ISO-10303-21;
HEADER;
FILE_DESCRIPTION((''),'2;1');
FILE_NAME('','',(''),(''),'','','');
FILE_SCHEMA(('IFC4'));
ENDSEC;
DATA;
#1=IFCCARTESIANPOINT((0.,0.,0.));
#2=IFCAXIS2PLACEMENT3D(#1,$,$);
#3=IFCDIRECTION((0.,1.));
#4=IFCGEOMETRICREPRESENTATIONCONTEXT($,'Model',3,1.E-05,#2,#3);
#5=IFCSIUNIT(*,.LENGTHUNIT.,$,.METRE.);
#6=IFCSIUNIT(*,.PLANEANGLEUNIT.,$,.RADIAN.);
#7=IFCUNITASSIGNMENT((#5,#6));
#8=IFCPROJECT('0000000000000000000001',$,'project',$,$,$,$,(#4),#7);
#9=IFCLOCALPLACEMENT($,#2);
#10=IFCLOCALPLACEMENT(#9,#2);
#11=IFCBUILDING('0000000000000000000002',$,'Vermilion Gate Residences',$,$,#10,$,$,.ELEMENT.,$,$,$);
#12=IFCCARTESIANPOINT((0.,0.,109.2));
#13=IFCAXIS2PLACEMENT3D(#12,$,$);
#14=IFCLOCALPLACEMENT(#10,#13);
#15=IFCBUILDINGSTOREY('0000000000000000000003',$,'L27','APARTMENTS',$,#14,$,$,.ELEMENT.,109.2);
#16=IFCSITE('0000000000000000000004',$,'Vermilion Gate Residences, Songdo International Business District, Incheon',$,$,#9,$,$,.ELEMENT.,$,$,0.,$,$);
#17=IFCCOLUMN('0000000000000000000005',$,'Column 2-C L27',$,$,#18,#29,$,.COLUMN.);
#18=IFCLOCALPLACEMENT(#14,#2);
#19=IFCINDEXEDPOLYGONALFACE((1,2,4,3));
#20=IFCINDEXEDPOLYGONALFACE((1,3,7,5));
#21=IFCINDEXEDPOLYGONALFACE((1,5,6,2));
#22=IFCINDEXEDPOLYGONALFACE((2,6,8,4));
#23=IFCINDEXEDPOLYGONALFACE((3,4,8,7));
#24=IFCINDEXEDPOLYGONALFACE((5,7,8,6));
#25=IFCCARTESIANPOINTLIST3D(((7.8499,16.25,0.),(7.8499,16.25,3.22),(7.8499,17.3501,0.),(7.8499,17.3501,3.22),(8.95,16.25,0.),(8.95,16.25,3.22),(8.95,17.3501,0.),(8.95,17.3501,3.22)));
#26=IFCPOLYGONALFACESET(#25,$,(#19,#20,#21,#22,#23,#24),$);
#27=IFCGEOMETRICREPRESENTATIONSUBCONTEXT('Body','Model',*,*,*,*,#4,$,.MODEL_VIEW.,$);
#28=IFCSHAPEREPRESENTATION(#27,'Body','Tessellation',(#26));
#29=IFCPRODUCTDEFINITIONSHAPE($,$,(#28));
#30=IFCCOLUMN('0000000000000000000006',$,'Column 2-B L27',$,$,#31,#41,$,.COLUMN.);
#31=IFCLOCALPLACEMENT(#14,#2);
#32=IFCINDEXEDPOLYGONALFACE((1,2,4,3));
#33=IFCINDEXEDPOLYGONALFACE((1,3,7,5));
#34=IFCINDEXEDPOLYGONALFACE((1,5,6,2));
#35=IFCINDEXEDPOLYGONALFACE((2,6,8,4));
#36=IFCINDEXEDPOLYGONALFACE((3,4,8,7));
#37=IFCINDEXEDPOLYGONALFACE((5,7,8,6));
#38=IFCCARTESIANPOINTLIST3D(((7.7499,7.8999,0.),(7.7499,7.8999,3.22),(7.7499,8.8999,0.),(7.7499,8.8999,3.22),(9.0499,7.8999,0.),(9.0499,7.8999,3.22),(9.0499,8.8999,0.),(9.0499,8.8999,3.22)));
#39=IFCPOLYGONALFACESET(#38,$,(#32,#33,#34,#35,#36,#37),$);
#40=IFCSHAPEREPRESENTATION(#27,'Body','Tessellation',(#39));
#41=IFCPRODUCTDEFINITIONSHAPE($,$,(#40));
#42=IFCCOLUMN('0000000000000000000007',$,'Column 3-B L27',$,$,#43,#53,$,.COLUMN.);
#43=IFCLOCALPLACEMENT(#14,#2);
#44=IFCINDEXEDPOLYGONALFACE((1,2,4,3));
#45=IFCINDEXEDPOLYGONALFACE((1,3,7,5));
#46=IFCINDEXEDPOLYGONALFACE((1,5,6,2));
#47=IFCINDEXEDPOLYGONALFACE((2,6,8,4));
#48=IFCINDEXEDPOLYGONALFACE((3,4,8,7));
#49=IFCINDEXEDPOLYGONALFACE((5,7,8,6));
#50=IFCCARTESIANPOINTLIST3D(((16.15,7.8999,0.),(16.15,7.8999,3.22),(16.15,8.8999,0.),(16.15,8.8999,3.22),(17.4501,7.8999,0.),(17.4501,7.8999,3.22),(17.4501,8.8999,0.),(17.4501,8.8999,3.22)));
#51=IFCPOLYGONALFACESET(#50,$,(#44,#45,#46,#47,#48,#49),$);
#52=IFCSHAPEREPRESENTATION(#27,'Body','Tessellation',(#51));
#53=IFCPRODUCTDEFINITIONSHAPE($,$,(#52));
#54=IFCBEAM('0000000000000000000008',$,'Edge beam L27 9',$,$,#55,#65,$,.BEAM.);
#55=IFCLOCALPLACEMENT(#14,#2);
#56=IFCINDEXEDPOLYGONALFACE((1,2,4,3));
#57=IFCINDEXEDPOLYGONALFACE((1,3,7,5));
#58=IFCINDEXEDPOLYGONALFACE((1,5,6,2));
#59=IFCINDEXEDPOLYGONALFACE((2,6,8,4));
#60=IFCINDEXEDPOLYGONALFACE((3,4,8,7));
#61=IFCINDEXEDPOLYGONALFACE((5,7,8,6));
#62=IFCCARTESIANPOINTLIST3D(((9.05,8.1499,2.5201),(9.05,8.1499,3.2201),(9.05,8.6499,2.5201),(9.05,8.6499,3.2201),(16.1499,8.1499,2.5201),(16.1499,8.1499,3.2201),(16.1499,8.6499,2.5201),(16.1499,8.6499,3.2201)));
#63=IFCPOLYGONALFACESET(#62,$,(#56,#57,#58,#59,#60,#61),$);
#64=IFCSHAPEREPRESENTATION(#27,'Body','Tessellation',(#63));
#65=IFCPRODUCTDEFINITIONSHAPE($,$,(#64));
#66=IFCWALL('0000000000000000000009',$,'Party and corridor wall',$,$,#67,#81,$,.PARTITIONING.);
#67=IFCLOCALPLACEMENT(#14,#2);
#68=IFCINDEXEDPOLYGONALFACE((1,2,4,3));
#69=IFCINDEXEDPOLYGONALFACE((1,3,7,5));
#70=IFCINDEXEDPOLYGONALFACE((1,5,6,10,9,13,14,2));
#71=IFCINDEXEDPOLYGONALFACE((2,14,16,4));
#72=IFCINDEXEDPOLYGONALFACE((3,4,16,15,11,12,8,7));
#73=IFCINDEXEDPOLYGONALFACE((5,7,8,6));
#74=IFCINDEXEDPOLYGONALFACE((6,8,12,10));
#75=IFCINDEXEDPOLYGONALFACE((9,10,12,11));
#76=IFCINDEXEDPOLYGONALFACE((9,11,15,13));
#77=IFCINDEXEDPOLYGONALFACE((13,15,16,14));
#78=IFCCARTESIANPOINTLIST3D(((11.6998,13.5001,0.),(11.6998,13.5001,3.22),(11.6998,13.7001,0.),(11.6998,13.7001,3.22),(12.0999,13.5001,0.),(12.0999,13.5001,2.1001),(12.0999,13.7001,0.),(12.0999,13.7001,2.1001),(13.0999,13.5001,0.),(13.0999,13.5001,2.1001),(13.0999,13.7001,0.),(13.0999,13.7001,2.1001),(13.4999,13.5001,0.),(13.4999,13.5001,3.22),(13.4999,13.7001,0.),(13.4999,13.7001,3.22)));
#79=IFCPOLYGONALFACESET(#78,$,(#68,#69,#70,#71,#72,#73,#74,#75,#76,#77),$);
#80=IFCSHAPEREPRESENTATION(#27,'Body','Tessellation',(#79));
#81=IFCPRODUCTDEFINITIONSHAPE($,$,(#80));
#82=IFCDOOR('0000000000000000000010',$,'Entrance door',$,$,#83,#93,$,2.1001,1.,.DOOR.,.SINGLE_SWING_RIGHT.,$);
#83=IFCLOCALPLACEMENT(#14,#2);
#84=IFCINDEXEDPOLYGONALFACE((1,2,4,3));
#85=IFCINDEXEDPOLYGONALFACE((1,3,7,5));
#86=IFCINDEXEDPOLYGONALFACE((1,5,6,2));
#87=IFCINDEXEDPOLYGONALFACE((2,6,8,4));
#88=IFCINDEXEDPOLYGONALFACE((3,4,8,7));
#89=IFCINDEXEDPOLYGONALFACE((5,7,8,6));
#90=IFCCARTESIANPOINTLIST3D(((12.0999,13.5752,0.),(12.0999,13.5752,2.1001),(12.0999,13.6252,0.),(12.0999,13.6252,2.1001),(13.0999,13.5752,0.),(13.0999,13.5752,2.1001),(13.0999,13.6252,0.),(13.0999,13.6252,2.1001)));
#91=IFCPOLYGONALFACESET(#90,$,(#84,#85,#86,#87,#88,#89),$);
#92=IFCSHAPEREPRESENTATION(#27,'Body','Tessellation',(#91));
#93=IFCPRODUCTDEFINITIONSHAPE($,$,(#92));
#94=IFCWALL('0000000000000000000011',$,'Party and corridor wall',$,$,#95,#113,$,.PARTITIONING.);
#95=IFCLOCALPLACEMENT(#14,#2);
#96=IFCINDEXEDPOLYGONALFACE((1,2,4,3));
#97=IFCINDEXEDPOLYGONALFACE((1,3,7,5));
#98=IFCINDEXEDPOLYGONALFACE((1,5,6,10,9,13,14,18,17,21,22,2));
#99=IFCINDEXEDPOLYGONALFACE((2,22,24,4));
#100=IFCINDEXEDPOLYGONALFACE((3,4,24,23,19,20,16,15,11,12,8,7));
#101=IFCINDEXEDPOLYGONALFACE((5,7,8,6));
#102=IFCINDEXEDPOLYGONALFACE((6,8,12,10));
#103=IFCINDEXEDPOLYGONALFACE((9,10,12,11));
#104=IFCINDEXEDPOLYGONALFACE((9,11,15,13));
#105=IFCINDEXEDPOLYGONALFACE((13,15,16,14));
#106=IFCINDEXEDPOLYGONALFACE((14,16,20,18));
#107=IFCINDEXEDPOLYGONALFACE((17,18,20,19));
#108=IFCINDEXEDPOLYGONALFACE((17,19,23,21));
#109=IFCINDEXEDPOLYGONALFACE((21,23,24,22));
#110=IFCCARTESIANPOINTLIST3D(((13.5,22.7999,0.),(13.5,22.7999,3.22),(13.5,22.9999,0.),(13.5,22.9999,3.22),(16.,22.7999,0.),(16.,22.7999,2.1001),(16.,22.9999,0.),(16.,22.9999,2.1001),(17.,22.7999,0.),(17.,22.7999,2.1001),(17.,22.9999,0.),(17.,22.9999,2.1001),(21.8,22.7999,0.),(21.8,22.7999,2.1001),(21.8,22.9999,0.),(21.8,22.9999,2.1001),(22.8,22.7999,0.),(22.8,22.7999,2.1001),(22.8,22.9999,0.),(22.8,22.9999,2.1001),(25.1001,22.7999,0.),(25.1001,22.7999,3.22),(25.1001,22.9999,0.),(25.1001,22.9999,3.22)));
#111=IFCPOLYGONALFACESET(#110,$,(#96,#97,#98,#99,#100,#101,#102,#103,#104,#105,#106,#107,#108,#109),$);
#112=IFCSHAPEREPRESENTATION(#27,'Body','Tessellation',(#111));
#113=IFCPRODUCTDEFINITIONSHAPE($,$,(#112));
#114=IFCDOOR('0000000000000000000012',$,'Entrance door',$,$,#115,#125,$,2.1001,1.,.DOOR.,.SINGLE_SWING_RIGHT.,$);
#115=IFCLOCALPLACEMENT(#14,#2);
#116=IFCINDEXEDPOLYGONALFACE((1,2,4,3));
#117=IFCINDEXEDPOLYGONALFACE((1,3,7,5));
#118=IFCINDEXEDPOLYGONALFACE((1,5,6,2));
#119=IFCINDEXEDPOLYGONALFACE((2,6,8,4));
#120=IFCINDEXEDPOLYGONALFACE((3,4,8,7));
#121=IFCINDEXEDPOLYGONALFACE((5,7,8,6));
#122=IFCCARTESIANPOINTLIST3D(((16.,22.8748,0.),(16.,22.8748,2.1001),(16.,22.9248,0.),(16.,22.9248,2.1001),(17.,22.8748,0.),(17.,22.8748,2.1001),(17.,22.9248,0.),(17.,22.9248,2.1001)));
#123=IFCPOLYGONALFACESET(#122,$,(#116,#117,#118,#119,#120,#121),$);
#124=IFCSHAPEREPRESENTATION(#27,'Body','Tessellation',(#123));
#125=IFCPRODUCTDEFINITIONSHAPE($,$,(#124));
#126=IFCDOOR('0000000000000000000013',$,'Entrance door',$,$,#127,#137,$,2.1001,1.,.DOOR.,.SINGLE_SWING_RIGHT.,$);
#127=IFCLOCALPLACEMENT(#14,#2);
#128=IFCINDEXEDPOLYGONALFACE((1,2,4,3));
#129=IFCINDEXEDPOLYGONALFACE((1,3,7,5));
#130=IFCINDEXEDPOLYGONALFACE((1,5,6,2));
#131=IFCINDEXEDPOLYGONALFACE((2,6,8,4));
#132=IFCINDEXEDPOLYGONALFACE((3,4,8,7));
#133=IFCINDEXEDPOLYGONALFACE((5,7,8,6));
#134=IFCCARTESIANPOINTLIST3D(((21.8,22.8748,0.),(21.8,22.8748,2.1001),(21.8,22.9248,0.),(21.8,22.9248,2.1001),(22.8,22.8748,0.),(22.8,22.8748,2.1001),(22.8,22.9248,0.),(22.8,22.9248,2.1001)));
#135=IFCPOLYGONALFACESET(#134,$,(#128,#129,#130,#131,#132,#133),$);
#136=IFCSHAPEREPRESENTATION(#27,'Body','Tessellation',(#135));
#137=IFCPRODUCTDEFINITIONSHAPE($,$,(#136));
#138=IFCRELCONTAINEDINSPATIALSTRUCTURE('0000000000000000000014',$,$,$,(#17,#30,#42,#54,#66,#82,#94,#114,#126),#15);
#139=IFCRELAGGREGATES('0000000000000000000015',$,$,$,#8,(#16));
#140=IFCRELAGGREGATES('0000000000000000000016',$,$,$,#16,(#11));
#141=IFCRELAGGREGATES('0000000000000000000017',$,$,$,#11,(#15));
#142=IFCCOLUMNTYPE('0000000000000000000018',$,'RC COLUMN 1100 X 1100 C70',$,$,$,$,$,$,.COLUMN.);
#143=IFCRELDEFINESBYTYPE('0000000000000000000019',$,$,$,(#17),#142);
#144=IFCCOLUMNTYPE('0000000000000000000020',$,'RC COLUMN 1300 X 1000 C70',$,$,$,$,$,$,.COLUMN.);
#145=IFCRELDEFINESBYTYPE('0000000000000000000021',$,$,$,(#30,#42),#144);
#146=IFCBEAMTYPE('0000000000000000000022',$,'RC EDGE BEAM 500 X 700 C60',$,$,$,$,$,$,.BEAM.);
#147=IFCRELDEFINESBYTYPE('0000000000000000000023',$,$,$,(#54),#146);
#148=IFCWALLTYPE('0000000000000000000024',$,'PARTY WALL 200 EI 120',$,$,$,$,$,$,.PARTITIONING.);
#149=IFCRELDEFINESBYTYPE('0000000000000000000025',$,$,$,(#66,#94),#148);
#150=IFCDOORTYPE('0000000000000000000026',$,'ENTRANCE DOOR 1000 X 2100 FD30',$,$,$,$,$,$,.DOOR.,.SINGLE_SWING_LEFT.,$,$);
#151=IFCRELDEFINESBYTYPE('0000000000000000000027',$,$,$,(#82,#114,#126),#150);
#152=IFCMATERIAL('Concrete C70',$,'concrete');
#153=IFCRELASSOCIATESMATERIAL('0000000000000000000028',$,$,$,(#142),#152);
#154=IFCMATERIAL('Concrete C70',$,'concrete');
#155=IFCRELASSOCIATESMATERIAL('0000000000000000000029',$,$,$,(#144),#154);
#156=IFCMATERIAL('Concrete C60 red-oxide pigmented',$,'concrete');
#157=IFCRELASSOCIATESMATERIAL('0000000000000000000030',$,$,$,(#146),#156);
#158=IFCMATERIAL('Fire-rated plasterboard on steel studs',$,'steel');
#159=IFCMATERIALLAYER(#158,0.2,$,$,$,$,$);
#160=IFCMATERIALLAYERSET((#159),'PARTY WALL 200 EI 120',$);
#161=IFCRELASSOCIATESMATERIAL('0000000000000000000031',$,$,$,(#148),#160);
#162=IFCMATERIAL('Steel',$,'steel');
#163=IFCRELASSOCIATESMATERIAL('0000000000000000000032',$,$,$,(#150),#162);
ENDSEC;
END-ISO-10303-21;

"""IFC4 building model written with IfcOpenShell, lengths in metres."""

from ifc_helpers import new_model, si_unit, direction, frame, frame_2d, origin, origin_2d, place, context, subcontext, project, spatial, rectangle, extrude, material, layer, layer_set, material_profile, profile_set, type_object, element, fill, save


model = new_model("IFC4")

# Units and contexts
model_context = context("Model", 3, precision=1e-05, world=origin(), true_north=direction((0.0, 1.0)))
body_context = subcontext(model_context, "Body", "Model", "MODEL_VIEW")
ifc_project = project(units=[si_unit("LENGTHUNIT", "METRE"), si_unit("PLANEANGLEUNIT", "RADIAN")], contexts=[model_context])

# Site, building, storey
site_placement = place(None, origin())
site = spatial("IfcSite", under=ifc_project, at=site_placement, Name="Vermilion Gate Residences, Songdo International Business District, Incheon", CompositionType="ELEMENT", RefElevation=0.0)
building_placement = place(site_placement, origin())
building = spatial("IfcBuilding", under=site, at=building_placement, Name="Vermilion Gate Residences", CompositionType="ELEMENT")
storey_placement = place(building_placement, frame((0.0, 0.0, 109.2)))
storey = spatial("IfcBuildingStorey", under=building, at=storey_placement, Name="L27", Description="APARTMENTS", CompositionType="ELEMENT", Elevation=109.2)

# Columns
ifc_material_1 = material(Name="Concrete C70", Category="concrete")
ifc_material_profile_1 = material_profile(ifc_material_1, rectangle(XDim=1.1001, YDim=1.1001, at=origin_2d()), Name="RC-1100x1100")
ifc_profile_set_1 = profile_set([ifc_material_profile_1], Name="Concrete C70")
column_type_1 = type_object("IfcColumnType", Name="RC COLUMN 1100 X 1100 C70", PredefinedType="COLUMN", material=ifc_profile_set_1)
column_placement = place(storey_placement, frame((8.3999, 16.8, 0.0), z_axis=(0.0, 0.0, 1.0), x_axis=(1.0, 0.0, 0.0)))
element("IfcColumn", 1, at=column_placement, inside=storey, type_object=column_type_1, Name="Column 2-C L27", PredefinedType="COLUMN", context=body_context, shape_type="SweptSolid", body=[
    extrude(rectangle(XDim=1.1001, YDim=1.1001, at=origin_2d()), origin(), (0.0, 0.0, 1.0), 3.22),
])
ifc_material_2 = material(Name="Concrete C70", Category="concrete")
ifc_material_profile_2 = material_profile(ifc_material_2, rectangle(XDim=1.3, YDim=1.0, at=origin_2d()), Name="RC-1300x1000")
ifc_profile_set_2 = profile_set([ifc_material_profile_2], Name="Concrete C70")
column_type_2 = type_object("IfcColumnType", Name="RC COLUMN 1300 X 1000 C70", PredefinedType="COLUMN", material=ifc_profile_set_2)
for number, where, z_axis, x_axis, name in (
    (2, (8.3999, 8.3999, 0.0), (0.0, 0.0, 1.0), (1.0, 0.0, 0.0), "Column 2-B L27"),
    (3, (16.8, 8.3999, 0.0), (0.0, 0.0, 1.0), (1.0, 0.0, 0.0), "Column 3-B L27"),
):
    element("IfcColumn", number, at=place(storey_placement, frame(where, z_axis=z_axis, x_axis=x_axis)), inside=storey, type_object=column_type_2, Name=name, PredefinedType="COLUMN", context=body_context, shape_type="SweptSolid", body=[
        extrude(rectangle(XDim=1.3, YDim=1.0, at=origin_2d()), origin(), (0.0, 0.0, 1.0), 3.22),
    ])

# Beam
ifc_material_3 = material(Name="Concrete C60 red-oxide pigmented", Category="concrete")
ifc_material_profile_3 = material_profile(ifc_material_3, rectangle(XDim=0.5, YDim=0.7, at=origin_2d()), Name="RC-500x700")
ifc_profile_set_3 = profile_set([ifc_material_profile_3], Name="Concrete C60 red-oxide pigmented")
beam_type = type_object("IfcBeamType", Name="RC EDGE BEAM 500 X 700 C60", PredefinedType="BEAM", material=ifc_profile_set_3)
beam_placement = place(storey_placement, frame((9.05, 8.3999, 2.8701), z_axis=(1.0, 0.0, 0.0), x_axis=(0.0, 1.0, 0.0)))
element("IfcBeam", 4, at=beam_placement, inside=storey, type_object=beam_type, Name="Edge beam L27 9", PredefinedType="BEAM", context=body_context, shape_type="SweptSolid", body=[
    extrude(rectangle(XDim=0.5, YDim=0.7, at=origin_2d()), origin(), (0.0, 0.0, 1.0), 7.0999),
])

# Wall, opening, door
ifc_material_4 = material(Name="Fire-rated plasterboard on steel studs", Category="steel")
ifc_layer_1 = layer(ifc_material_4, 0.2)
ifc_layer_set_1 = layer_set([ifc_layer_1], Name="PARTY WALL 200 EI 120")
wall_type_1 = type_object("IfcWallType", Name="PARTY WALL 200 EI 120", PredefinedType="PARTITIONING", material=ifc_layer_set_1)
wall_1_placement = place(storey_placement, frame((11.7, 13.6001, 0.0), z_axis=(0.0, 0.0, 1.0), x_axis=(1.0, 0.0, 0.0)))
wall_1 = element("IfcWall", 5, at=wall_1_placement, inside=storey, type_object=wall_type_1, Name="Party and corridor wall", PredefinedType="PARTITIONING", context=body_context, shape_type="SweptSolid", body=[
    extrude(rectangle(XDim=1.8, YDim=0.2, at=frame_2d((0.8999, 0.0))), origin(), (0.0, 0.0, 1.0), 3.22),
])
opening_1_placement = place(wall_1_placement, frame((0.3999, 0.0, 0.0)))
opening_1 = element("IfcOpeningElement", 6, at=opening_1_placement, cuts=wall_1, PredefinedType="OPENING", context=body_context, shape_type="SweptSolid", body=[
    extrude(rectangle(XDim=1.0, YDim=2.1001, at=frame_2d((0.5, 1.05))), frame((0.0, 0.1099, 0.0), z_axis=(0.0, -1.0, 0.0), x_axis=(1.0, 0.0, 0.0)), (0.0, 0.0, 1.0), 0.22),
])
ifc_material_5 = material(Name="Steel", Category="steel")
door_type_1 = type_object("IfcDoorType", Name="ENTRANCE DOOR 1000 X 2100 FD30", OperationType="SINGLE_SWING_LEFT", PredefinedType="DOOR", material=ifc_material_5)
door_1_placement = place(opening_1_placement, frame((1.0, 0.0, 0.0), z_axis=(0.0, 0.0, 1.0), x_axis=(-1.0, 0.0, 0.0)))
door_1 = element("IfcDoor", 7, at=door_1_placement, inside=storey, type_object=door_type_1, Name="Entrance door", OperationType="SINGLE_SWING_RIGHT", OverallHeight=2.1001, OverallWidth=1.0, PredefinedType="DOOR", context=body_context, shape_type="SweptSolid", body=[
    extrude(rectangle(XDim=1.0, YDim=2.1001, at=frame_2d((0.5, 1.05))), frame((0.0, 0.0249, 0.0), z_axis=(0.0, -1.0, 0.0), x_axis=(1.0, 0.0, 0.0)), (0.0, 0.0, 1.0), 0.05),
])
fill(opening_1, door_1)

# Wall, openings, doors
wall_2_placement = place(storey_placement, frame((13.5, 22.8999, 0.0), z_axis=(0.0, 0.0, 1.0), x_axis=(1.0, 0.0, 0.0)))
wall_2 = element("IfcWall", 8, at=wall_2_placement, inside=storey, type_object=wall_type_1, Name="Party and corridor wall", PredefinedType="PARTITIONING", context=body_context, shape_type="SweptSolid", body=[
    extrude(rectangle(XDim=11.6001, YDim=0.2, at=frame_2d((5.8, 0.0))), origin(), (0.0, 0.0, 1.0), 3.22),
])
opening_2_placement = place(wall_2_placement, frame((2.5, 0.0, 0.0)))
opening_2 = element("IfcOpeningElement", 9, at=opening_2_placement, cuts=wall_2, PredefinedType="OPENING", context=body_context, shape_type="SweptSolid", body=[
    extrude(rectangle(XDim=1.0, YDim=2.1001, at=frame_2d((0.5, 1.05))), frame((0.0, 0.1099, 0.0), z_axis=(0.0, -1.0, 0.0), x_axis=(1.0, 0.0, 0.0)), (0.0, 0.0, 1.0), 0.22),
])
opening_3_placement = place(wall_2_placement, frame((8.3, 0.0, 0.0)))
opening_3 = element("IfcOpeningElement", 10, at=opening_3_placement, cuts=wall_2, PredefinedType="OPENING", context=body_context, shape_type="SweptSolid", body=[
    extrude(rectangle(XDim=1.0, YDim=2.1001, at=frame_2d((0.5, 1.05))), frame((0.0, 0.1099, 0.0), z_axis=(0.0, -1.0, 0.0), x_axis=(1.0, 0.0, 0.0)), (0.0, 0.0, 1.0), 0.22),
])
door_2_placement = place(opening_2_placement, origin())
door_2 = element("IfcDoor", 11, at=door_2_placement, inside=storey, type_object=door_type_1, Name="Entrance door", OperationType="SINGLE_SWING_RIGHT", OverallHeight=2.1001, OverallWidth=1.0, PredefinedType="DOOR", context=body_context, shape_type="SweptSolid", body=[
    extrude(rectangle(XDim=1.0, YDim=2.1001, at=frame_2d((0.5, 1.05))), frame((0.0, 0.0249, 0.0), z_axis=(0.0, -1.0, 0.0), x_axis=(1.0, 0.0, 0.0)), (0.0, 0.0, 1.0), 0.05),
])
fill(opening_2, door_2)
door_3_placement = place(opening_3_placement, origin())
door_3 = element("IfcDoor", 12, at=door_3_placement, inside=storey, type_object=door_type_1, Name="Entrance door", OperationType="SINGLE_SWING_RIGHT", OverallHeight=2.1001, OverallWidth=1.0, PredefinedType="DOOR", context=body_context, shape_type="SweptSolid", body=[
    extrude(rectangle(XDim=1.0, YDim=2.1001, at=frame_2d((0.5, 1.05))), frame((0.0, 0.0249, 0.0), z_axis=(0.0, -1.0, 0.0), x_axis=(1.0, 0.0, 0.0)), (0.0, 0.0, 1.0), 0.05),
])
fill(opening_3, door_3)

save(model, "model.ifc")
